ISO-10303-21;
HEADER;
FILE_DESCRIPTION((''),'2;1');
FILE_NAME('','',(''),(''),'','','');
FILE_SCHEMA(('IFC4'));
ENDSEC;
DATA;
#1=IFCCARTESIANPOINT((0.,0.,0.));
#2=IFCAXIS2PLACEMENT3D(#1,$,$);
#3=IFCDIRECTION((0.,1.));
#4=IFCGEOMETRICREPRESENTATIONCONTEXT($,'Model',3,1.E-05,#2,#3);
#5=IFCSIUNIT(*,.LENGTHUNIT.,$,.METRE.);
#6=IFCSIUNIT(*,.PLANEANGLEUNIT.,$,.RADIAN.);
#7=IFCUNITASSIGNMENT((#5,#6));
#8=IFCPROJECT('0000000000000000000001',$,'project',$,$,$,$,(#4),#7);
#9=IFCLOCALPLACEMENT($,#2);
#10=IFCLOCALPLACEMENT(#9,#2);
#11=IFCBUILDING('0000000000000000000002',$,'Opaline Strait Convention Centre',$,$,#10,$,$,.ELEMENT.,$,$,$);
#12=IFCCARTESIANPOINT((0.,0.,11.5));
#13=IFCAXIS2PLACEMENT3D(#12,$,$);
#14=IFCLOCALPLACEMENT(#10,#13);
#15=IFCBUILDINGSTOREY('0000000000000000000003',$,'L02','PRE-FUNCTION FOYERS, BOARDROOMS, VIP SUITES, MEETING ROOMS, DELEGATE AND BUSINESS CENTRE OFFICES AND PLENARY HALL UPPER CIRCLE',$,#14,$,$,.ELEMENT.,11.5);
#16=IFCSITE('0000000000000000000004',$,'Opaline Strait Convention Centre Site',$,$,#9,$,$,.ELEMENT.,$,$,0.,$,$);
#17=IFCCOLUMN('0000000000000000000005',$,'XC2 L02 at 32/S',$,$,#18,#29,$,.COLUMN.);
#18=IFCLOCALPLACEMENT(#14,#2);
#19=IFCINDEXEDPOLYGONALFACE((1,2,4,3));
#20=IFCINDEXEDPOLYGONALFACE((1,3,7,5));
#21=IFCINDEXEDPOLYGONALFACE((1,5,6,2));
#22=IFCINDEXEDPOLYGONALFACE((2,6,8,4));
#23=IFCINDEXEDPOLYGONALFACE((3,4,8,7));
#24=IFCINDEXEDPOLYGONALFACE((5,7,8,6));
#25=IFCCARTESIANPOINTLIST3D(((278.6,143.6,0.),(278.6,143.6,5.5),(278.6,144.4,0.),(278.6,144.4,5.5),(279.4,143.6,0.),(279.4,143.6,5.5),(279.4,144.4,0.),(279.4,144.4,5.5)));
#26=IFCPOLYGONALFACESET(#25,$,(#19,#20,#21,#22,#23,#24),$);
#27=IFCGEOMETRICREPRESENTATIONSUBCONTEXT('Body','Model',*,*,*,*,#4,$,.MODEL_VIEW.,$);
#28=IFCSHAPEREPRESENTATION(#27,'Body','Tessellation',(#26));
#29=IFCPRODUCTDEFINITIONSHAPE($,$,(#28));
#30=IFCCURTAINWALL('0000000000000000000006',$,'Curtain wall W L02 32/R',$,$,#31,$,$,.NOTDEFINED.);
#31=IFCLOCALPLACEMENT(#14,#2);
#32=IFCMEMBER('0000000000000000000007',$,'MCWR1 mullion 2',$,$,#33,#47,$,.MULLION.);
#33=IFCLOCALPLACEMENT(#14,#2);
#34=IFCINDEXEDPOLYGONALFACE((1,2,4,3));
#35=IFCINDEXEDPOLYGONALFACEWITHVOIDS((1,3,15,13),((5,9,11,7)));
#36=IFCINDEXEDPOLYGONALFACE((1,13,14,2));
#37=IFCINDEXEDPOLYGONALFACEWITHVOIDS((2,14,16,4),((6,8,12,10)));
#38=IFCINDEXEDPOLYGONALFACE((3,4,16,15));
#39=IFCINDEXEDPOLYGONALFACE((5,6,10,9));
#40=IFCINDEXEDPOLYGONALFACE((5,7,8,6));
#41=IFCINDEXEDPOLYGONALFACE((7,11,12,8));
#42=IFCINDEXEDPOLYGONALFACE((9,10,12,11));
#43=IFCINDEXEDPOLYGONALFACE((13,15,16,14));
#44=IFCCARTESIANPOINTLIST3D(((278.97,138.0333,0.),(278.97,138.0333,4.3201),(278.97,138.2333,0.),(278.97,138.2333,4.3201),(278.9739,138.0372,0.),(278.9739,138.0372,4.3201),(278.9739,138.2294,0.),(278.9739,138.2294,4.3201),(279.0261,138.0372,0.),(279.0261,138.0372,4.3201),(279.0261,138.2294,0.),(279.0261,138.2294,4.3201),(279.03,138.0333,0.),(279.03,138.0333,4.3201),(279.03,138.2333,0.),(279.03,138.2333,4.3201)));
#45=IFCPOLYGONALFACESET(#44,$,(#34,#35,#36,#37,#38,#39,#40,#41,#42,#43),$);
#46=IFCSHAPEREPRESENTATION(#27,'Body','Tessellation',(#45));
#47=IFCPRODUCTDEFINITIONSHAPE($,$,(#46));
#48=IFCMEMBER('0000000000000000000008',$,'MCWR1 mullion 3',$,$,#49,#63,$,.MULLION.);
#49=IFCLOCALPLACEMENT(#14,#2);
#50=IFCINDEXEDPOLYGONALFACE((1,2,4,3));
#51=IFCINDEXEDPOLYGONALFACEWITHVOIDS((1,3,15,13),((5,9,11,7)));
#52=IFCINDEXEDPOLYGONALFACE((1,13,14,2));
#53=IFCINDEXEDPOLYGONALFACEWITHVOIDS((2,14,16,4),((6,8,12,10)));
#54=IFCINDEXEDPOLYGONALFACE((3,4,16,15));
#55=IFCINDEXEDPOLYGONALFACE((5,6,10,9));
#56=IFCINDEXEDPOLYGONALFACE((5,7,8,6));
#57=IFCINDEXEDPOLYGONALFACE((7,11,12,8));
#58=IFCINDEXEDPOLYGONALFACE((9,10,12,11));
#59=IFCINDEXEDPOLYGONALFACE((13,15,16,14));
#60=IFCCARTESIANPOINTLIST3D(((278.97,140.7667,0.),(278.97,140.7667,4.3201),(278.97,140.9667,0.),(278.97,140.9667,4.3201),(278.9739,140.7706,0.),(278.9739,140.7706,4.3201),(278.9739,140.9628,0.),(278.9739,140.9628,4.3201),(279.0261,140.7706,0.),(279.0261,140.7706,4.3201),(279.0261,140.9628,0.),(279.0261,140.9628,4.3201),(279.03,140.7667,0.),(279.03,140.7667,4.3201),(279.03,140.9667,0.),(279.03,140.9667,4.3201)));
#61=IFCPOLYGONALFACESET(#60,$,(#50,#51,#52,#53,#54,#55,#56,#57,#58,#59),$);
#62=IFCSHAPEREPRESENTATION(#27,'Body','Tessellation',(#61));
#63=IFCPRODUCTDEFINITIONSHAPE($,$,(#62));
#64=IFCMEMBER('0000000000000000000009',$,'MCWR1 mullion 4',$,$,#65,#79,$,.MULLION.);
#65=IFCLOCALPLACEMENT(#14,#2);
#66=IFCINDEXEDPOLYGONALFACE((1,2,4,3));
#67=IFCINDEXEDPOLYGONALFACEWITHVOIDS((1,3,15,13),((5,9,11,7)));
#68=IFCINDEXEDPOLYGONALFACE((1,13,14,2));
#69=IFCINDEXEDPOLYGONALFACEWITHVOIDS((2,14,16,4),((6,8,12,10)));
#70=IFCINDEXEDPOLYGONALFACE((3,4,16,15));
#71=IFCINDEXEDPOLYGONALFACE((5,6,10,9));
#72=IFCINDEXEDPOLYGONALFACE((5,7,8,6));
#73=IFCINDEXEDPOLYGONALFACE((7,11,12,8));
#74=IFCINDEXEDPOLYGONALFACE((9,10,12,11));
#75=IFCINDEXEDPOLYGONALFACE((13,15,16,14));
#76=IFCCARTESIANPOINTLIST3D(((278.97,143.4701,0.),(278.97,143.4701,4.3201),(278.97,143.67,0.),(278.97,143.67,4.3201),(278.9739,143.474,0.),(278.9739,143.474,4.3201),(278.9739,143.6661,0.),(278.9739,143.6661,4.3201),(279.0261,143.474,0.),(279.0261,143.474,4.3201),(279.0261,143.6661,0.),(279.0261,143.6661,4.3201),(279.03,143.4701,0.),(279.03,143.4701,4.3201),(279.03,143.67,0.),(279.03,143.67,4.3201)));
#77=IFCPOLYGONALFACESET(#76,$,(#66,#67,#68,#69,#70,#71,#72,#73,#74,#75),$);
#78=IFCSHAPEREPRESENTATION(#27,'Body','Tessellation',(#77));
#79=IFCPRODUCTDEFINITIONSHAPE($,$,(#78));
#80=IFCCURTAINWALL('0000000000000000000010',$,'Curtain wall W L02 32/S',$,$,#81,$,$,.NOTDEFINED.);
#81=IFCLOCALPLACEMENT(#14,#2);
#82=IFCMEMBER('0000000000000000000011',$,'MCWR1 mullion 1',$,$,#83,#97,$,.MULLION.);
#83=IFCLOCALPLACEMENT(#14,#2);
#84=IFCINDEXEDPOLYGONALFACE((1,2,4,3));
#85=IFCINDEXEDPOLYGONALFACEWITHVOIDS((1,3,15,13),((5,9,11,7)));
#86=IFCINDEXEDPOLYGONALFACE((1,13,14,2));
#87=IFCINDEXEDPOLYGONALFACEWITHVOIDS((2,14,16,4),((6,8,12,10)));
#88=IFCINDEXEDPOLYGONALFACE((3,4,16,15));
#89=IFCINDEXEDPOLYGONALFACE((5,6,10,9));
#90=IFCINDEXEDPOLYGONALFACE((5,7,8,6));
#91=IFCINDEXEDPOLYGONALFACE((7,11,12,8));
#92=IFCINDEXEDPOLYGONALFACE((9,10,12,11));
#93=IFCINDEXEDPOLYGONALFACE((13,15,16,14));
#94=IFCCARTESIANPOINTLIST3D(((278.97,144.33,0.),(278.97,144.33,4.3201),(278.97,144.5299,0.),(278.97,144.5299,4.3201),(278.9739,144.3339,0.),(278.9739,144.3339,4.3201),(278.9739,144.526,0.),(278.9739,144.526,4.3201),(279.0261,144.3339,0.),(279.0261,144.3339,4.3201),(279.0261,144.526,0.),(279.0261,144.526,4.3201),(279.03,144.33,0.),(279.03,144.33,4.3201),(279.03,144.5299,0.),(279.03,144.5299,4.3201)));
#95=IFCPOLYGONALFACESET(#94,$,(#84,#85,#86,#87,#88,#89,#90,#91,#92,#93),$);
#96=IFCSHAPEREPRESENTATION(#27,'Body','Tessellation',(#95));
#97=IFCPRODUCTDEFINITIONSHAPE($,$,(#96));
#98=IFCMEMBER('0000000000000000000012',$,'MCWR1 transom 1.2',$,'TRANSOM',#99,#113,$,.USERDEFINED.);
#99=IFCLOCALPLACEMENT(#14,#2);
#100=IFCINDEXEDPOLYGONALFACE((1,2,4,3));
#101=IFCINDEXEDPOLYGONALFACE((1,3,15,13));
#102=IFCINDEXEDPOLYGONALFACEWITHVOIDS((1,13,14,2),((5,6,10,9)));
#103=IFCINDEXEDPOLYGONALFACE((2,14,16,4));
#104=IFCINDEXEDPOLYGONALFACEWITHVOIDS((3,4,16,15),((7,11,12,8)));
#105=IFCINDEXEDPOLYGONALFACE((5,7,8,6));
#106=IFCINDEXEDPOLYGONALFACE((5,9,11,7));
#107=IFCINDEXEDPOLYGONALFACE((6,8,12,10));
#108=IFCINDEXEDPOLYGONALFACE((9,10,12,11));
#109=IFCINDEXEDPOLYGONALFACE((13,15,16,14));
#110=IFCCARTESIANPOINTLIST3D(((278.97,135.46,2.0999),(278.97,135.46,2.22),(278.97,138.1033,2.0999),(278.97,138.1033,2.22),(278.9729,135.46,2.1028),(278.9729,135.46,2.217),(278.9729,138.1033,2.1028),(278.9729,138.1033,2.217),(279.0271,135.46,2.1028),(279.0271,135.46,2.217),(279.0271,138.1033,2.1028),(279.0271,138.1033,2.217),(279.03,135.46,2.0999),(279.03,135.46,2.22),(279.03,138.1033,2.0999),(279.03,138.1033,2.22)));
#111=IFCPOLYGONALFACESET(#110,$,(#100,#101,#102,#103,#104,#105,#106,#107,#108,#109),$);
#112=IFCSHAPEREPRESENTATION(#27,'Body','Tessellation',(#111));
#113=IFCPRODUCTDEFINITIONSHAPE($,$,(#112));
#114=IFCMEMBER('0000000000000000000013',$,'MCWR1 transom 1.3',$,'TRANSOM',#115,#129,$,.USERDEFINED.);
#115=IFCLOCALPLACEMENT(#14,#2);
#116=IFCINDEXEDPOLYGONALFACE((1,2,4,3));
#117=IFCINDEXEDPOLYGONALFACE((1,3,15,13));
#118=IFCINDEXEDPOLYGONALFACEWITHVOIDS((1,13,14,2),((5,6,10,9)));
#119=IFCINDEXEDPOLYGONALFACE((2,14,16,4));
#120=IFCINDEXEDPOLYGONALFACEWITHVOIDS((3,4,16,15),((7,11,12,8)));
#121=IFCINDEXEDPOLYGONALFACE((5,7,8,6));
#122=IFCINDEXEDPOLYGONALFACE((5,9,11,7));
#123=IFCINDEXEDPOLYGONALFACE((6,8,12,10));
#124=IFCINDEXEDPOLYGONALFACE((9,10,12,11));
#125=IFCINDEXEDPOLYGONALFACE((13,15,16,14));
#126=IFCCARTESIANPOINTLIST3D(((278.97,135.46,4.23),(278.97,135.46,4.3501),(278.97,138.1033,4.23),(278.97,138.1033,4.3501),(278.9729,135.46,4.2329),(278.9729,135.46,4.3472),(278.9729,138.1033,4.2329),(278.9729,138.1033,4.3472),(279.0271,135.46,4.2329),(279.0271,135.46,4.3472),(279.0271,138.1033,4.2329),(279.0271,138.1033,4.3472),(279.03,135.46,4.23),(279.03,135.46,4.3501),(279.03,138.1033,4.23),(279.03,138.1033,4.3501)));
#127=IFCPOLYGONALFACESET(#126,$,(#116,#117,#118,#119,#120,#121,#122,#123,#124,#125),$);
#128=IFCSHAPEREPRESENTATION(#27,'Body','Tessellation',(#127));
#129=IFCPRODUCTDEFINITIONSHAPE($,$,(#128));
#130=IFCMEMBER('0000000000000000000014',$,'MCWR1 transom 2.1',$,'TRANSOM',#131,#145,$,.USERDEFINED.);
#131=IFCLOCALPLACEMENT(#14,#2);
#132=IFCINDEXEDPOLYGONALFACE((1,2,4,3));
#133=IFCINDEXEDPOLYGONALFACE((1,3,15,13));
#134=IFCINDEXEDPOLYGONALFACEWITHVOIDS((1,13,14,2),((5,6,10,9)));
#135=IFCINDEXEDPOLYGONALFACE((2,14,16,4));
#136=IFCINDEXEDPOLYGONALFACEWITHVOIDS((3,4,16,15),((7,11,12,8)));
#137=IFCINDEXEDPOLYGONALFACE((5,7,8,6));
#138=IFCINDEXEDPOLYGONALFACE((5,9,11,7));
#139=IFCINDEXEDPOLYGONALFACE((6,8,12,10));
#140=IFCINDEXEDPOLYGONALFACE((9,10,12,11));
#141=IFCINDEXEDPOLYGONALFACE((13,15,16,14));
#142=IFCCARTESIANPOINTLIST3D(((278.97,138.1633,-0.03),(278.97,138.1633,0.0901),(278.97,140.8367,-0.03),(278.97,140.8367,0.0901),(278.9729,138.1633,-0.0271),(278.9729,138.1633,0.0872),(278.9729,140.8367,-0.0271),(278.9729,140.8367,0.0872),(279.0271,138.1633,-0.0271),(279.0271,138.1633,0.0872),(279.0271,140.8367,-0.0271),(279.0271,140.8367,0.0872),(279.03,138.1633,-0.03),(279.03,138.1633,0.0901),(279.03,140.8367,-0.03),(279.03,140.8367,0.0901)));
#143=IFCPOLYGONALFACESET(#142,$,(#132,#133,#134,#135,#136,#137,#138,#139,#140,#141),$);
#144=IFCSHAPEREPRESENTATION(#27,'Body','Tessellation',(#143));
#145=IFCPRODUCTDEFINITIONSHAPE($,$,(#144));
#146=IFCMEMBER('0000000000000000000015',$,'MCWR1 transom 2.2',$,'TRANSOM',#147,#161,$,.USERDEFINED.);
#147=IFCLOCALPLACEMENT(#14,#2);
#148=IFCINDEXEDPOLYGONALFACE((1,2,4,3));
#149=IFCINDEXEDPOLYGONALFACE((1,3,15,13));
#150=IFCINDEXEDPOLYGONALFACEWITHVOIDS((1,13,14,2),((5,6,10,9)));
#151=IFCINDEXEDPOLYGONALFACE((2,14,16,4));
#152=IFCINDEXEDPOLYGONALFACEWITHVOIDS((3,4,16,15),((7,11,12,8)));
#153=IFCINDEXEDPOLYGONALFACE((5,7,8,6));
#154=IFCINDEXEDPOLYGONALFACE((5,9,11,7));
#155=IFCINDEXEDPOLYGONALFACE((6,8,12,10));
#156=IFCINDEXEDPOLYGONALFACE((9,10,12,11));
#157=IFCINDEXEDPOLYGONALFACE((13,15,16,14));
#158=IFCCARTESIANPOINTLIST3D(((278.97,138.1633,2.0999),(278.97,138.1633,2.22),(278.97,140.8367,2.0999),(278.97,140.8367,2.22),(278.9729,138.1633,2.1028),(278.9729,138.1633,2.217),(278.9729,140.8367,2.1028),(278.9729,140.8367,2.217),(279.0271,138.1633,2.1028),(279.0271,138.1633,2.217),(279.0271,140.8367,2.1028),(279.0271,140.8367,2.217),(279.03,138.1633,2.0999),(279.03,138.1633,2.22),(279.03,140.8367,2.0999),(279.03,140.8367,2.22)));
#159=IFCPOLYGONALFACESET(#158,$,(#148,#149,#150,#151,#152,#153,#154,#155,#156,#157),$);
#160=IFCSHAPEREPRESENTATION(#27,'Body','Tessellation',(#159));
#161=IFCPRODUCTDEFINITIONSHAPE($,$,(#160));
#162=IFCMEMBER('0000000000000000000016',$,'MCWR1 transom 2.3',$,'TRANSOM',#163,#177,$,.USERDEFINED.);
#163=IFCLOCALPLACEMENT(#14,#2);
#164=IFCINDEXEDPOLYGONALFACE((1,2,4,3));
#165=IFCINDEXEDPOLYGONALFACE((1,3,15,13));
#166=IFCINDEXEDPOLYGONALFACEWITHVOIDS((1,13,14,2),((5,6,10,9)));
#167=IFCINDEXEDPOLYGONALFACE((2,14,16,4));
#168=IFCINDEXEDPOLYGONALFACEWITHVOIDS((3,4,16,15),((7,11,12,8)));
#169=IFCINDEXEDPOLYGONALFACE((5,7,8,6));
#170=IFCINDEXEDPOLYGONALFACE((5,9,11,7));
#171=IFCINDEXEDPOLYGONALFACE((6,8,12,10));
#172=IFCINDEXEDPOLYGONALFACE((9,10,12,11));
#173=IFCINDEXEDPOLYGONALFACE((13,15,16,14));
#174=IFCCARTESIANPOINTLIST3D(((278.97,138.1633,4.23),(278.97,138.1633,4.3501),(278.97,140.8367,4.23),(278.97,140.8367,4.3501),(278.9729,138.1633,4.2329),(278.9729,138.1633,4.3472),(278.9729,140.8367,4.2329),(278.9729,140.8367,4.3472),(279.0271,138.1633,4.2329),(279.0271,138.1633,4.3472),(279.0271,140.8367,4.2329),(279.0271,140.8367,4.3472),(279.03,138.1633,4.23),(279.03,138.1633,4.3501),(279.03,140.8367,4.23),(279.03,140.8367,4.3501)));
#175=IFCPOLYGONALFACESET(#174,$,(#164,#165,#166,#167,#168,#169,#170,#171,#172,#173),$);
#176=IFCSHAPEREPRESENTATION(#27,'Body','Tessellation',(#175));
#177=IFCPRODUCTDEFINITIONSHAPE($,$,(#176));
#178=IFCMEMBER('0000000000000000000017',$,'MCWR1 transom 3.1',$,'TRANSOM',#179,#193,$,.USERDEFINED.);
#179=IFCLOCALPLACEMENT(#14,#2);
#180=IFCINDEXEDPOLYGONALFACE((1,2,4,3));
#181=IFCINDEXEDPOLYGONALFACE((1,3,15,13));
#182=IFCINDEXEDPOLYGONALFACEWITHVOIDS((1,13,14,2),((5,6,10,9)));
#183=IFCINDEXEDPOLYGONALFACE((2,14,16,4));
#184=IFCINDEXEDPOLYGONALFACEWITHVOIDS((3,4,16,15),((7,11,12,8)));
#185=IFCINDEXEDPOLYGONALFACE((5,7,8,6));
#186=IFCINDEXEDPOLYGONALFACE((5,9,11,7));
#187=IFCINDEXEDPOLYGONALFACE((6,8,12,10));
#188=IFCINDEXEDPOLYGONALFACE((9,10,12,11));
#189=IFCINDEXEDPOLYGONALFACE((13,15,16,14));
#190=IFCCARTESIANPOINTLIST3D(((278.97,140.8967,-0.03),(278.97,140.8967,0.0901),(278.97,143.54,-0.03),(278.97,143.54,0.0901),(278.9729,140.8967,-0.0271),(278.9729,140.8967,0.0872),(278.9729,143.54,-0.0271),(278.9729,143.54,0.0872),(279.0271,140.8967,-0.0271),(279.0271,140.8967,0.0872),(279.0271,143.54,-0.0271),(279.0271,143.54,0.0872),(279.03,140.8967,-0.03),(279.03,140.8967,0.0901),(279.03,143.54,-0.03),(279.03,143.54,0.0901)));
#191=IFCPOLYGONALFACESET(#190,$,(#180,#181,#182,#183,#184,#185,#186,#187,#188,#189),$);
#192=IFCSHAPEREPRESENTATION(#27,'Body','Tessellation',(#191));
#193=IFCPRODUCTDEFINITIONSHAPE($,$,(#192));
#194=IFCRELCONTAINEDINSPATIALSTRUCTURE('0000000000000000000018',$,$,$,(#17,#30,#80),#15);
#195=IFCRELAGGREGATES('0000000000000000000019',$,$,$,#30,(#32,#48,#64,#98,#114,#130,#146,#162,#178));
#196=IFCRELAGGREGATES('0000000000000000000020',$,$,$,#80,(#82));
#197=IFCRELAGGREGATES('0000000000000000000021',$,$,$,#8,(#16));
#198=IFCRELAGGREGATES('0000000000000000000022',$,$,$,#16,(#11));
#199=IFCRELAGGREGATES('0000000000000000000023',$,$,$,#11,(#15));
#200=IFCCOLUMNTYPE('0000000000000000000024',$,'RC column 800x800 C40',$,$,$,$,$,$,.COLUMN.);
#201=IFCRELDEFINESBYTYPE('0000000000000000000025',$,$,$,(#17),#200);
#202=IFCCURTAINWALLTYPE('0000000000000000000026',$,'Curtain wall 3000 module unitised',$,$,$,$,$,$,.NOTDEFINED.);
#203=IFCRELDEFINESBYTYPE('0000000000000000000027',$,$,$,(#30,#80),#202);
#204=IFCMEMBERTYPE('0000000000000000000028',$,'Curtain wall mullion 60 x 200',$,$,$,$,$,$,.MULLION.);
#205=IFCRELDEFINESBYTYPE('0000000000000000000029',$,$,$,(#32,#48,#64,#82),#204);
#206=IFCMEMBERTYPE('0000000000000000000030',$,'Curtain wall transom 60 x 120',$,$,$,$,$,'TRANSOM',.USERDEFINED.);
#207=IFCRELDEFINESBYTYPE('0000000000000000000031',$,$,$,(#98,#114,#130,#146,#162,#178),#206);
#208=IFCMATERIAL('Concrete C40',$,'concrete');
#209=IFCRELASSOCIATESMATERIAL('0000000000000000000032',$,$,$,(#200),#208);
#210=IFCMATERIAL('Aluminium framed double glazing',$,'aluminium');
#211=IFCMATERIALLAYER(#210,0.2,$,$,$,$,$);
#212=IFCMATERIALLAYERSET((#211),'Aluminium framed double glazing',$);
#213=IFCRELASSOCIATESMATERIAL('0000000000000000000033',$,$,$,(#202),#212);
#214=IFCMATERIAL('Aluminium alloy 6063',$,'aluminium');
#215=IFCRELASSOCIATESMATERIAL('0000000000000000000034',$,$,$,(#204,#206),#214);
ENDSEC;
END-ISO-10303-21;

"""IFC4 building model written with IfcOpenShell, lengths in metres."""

from ifc_helpers import new_model, si_unit, direction, frame, origin, origin_2d, place, context, subcontext, project, spatial, rectangle, hollow_rectangle, extrude, material, layer, layer_set, material_profile, profile_set, type_object, element, aggregate, save


model = new_model("IFC4")

# Units and contexts
model_context = context("Model", 3, precision=1e-05, world=origin(), true_north=direction((0.0, 1.0)))
body_context = subcontext(model_context, "Body", "Model", "MODEL_VIEW")
ifc_project = project(units=[si_unit("LENGTHUNIT", "METRE"), si_unit("PLANEANGLEUNIT", "RADIAN")], contexts=[model_context])

# Site, building, storey
site_placement = place(None, origin())
site = spatial("IfcSite", under=ifc_project, at=site_placement, Name="Opaline Strait Convention Centre Site", CompositionType="ELEMENT", RefElevation=0.0)
building_placement = place(site_placement, origin())
building = spatial("IfcBuilding", under=site, at=building_placement, Name="Opaline Strait Convention Centre", CompositionType="ELEMENT")
storey_placement = place(building_placement, frame((0.0, 0.0, 11.5)))
storey = spatial("IfcBuildingStorey", under=building, at=storey_placement, Name="L02", Description="PRE-FUNCTION FOYERS, BOARDROOMS, VIP SUITES, MEETING ROOMS, DELEGATE AND BUSINESS CENTRE OFFICES AND PLENARY HALL UPPER CIRCLE", CompositionType="ELEMENT", Elevation=11.5)

# Column
ifc_material_1 = material(Name="Concrete C40", Category="concrete")
ifc_material_profile_1 = material_profile(ifc_material_1, rectangle(XDim=0.8, YDim=0.8, at=origin_2d()), Name="RC 800x800")
ifc_profile_set_1 = profile_set([ifc_material_profile_1], Name="Concrete C40")
column_type = type_object("IfcColumnType", Name="RC column 800x800 C40", PredefinedType="COLUMN", material=ifc_profile_set_1)
column_placement = place(storey_placement, frame((279.0, 144.0, 0.0), z_axis=(0.0, 0.0, 1.0), x_axis=(1.0, 0.0, 0.0)))
element("IfcColumn", 1, at=column_placement, inside=storey, type_object=column_type, Name="XC2 L02 at 32/S", PredefinedType="COLUMN", context=body_context, shape_type="SweptSolid", body=[
    extrude(rectangle(XDim=0.8, YDim=0.8, at=origin_2d()), origin(), (0.0, 0.0, 1.0), 5.5),
])

# Curtain wall, members
ifc_material_2 = material(Name="Aluminium framed double glazing", Category="aluminium")
ifc_layer_1 = layer(ifc_material_2, 0.2)
ifc_layer_set_1 = layer_set([ifc_layer_1], Name="Aluminium framed double glazing")
curtain_wall_type = type_object("IfcCurtainWallType", Name="Curtain wall 3000 module unitised", PredefinedType="NOTDEFINED", material=ifc_layer_set_1)
curtain_wall_1_placement = place(storey_placement, origin())
curtain_wall_1 = element("IfcCurtainWall", 2, at=curtain_wall_1_placement, inside=storey, type_object=curtain_wall_type, Name="Curtain wall W L02 32/R", PredefinedType="NOTDEFINED")
ifc_material_3 = material(Name="Aluminium alloy 6063", Category="aluminium")
ifc_material_profile_2 = material_profile(ifc_material_3, hollow_rectangle(XDim=0.0601, YDim=0.2, WallThickness=0.0039, at=origin_2d()), Name="MULLION 60x200x4")
ifc_profile_set_2 = profile_set([ifc_material_profile_2], Name="Aluminium alloy 6063")
member_type_1 = type_object("IfcMemberType", Name="Curtain wall mullion 60 x 200", PredefinedType="MULLION", material=ifc_profile_set_2)
member_1_placement = place(storey_placement, frame((279.0, 138.1333, 0.0), z_axis=(0.0, 0.0, 1.0), x_axis=(-1.0, 0.0, 0.0)))
member_1 = element("IfcMember", 3, at=member_1_placement, type_object=member_type_1, Name="MCWR1 mullion 2", PredefinedType="MULLION", context=body_context, shape_type="SweptSolid", body=[
    extrude(hollow_rectangle(XDim=0.0601, YDim=0.2, WallThickness=0.0039, at=origin_2d()), origin(), (0.0, 0.0, 1.0), 4.3201),
])
member_2_placement = place(storey_placement, frame((279.0, 140.8667, 0.0), z_axis=(0.0, 0.0, 1.0), x_axis=(-1.0, 0.0, 0.0)))
member_2 = element("IfcMember", 4, at=member_2_placement, type_object=member_type_1, Name="MCWR1 mullion 3", PredefinedType="MULLION", context=body_context, shape_type="SweptSolid", body=[
    extrude(hollow_rectangle(XDim=0.0601, YDim=0.2, WallThickness=0.0039, at=origin_2d()), origin(), (0.0, 0.0, 1.0), 4.3201),
])
member_3_placement = place(storey_placement, frame((279.0, 143.5701, 0.0), z_axis=(0.0, 0.0, 1.0), x_axis=(-1.0, 0.0, 0.0)))
member_3 = element("IfcMember", 5, at=member_3_placement, type_object=member_type_1, Name="MCWR1 mullion 4", PredefinedType="MULLION", context=body_context, shape_type="SweptSolid", body=[
    extrude(hollow_rectangle(XDim=0.0601, YDim=0.2, WallThickness=0.0039, at=origin_2d()), origin(), (0.0, 0.0, 1.0), 4.3201),
])

# Curtain wall, member
curtain_wall_2_placement = place(storey_placement, origin())
curtain_wall_2 = element("IfcCurtainWall", 6, at=curtain_wall_2_placement, inside=storey, type_object=curtain_wall_type, Name="Curtain wall W L02 32/S", PredefinedType="NOTDEFINED")
member_4_placement = place(storey_placement, frame((279.0, 144.4299, 0.0), z_axis=(0.0, 0.0, 1.0), x_axis=(-1.0, 0.0, 0.0)))
member_4 = element("IfcMember", 7, at=member_4_placement, type_object=member_type_1, Name="MCWR1 mullion 1", PredefinedType="MULLION", context=body_context, shape_type="SweptSolid", body=[
    extrude(hollow_rectangle(XDim=0.0601, YDim=0.2, WallThickness=0.0039, at=origin_2d()), origin(), (0.0, 0.0, 1.0), 4.3201),
])

# Members
ifc_material_profile_3 = material_profile(ifc_material_3, hollow_rectangle(XDim=0.0601, YDim=0.1201, WallThickness=0.0029, at=origin_2d()), Name="TRANSOM 60x120x3")
ifc_profile_set_3 = profile_set([ifc_material_profile_3], Name="Aluminium alloy 6063")
member_type_2 = type_object("IfcMemberType", Name="Curtain wall transom 60 x 120", ElementType="TRANSOM", PredefinedType="USERDEFINED", material=ifc_profile_set_3)
member_5_placement = place(storey_placement, frame((279.0, 135.46, 2.1599), z_axis=(0.0, 1.0, 0.0), x_axis=(-1.0, 0.0, 0.0)))
member_5 = element("IfcMember", 8, at=member_5_placement, type_object=member_type_2, Name="MCWR1 transom 1.2", ObjectType="TRANSOM", PredefinedType="USERDEFINED", context=body_context, shape_type="SweptSolid", body=[
    extrude(hollow_rectangle(XDim=0.0601, YDim=0.1201, WallThickness=0.0029, at=origin_2d()), origin(), (0.0, 0.0, 1.0), 2.6433),
])
member_6_placement = place(storey_placement, frame((279.0, 135.46, 4.29), z_axis=(0.0, 1.0, 0.0), x_axis=(-1.0, 0.0, 0.0)))
member_6 = element("IfcMember", 9, at=member_6_placement, type_object=member_type_2, Name="MCWR1 transom 1.3", ObjectType="TRANSOM", PredefinedType="USERDEFINED", context=body_context, shape_type="SweptSolid", body=[
    extrude(hollow_rectangle(XDim=0.0601, YDim=0.1201, WallThickness=0.0029, at=origin_2d()), origin(), (0.0, 0.0, 1.0), 2.6433),
])
member_7_placement = place(storey_placement, frame((279.0, 138.1633, 0.03), z_axis=(0.0, 1.0, 0.0), x_axis=(-1.0, 0.0, 0.0)))
member_7 = element("IfcMember", 10, at=member_7_placement, type_object=member_type_2, Name="MCWR1 transom 2.1", ObjectType="TRANSOM", PredefinedType="USERDEFINED", context=body_context, shape_type="SweptSolid", body=[
    extrude(hollow_rectangle(XDim=0.0601, YDim=0.1201, WallThickness=0.0029, at=origin_2d()), origin(), (0.0, 0.0, 1.0), 2.6733),
])
member_8_placement = place(storey_placement, frame((279.0, 138.1633, 2.1599), z_axis=(0.0, 1.0, 0.0), x_axis=(-1.0, 0.0, 0.0)))
member_8 = element("IfcMember", 11, at=member_8_placement, type_object=member_type_2, Name="MCWR1 transom 2.2", ObjectType="TRANSOM", PredefinedType="USERDEFINED", context=body_context, shape_type="SweptSolid", body=[
    extrude(hollow_rectangle(XDim=0.0601, YDim=0.1201, WallThickness=0.0029, at=origin_2d()), origin(), (0.0, 0.0, 1.0), 2.6733),
])
member_9_placement = place(storey_placement, frame((279.0, 138.1633, 4.29), z_axis=(0.0, 1.0, 0.0), x_axis=(-1.0, 0.0, 0.0)))
member_9 = element("IfcMember", 12, at=member_9_placement, type_object=member_type_2, Name="MCWR1 transom 2.3", ObjectType="TRANSOM", PredefinedType="USERDEFINED", context=body_context, shape_type="SweptSolid", body=[
    extrude(hollow_rectangle(XDim=0.0601, YDim=0.1201, WallThickness=0.0029, at=origin_2d()), origin(), (0.0, 0.0, 1.0), 2.6733),
])
member_10_placement = place(storey_placement, frame((279.0, 140.8967, 0.03), z_axis=(0.0, 1.0, 0.0), x_axis=(-1.0, 0.0, 0.0)))
member_10 = element("IfcMember", 13, at=member_10_placement, type_object=member_type_2, Name="MCWR1 transom 3.1", ObjectType="TRANSOM", PredefinedType="USERDEFINED", context=body_context, shape_type="SweptSolid", body=[
    extrude(hollow_rectangle(XDim=0.0601, YDim=0.1201, WallThickness=0.0029, at=origin_2d()), origin(), (0.0, 0.0, 1.0), 2.6433),
])

aggregate(curtain_wall_1, [member_1, member_2, member_3, member_5, member_6, member_7, member_8, member_9, member_10])
aggregate(curtain_wall_2, [member_4])

save(model, "model.ifc")
